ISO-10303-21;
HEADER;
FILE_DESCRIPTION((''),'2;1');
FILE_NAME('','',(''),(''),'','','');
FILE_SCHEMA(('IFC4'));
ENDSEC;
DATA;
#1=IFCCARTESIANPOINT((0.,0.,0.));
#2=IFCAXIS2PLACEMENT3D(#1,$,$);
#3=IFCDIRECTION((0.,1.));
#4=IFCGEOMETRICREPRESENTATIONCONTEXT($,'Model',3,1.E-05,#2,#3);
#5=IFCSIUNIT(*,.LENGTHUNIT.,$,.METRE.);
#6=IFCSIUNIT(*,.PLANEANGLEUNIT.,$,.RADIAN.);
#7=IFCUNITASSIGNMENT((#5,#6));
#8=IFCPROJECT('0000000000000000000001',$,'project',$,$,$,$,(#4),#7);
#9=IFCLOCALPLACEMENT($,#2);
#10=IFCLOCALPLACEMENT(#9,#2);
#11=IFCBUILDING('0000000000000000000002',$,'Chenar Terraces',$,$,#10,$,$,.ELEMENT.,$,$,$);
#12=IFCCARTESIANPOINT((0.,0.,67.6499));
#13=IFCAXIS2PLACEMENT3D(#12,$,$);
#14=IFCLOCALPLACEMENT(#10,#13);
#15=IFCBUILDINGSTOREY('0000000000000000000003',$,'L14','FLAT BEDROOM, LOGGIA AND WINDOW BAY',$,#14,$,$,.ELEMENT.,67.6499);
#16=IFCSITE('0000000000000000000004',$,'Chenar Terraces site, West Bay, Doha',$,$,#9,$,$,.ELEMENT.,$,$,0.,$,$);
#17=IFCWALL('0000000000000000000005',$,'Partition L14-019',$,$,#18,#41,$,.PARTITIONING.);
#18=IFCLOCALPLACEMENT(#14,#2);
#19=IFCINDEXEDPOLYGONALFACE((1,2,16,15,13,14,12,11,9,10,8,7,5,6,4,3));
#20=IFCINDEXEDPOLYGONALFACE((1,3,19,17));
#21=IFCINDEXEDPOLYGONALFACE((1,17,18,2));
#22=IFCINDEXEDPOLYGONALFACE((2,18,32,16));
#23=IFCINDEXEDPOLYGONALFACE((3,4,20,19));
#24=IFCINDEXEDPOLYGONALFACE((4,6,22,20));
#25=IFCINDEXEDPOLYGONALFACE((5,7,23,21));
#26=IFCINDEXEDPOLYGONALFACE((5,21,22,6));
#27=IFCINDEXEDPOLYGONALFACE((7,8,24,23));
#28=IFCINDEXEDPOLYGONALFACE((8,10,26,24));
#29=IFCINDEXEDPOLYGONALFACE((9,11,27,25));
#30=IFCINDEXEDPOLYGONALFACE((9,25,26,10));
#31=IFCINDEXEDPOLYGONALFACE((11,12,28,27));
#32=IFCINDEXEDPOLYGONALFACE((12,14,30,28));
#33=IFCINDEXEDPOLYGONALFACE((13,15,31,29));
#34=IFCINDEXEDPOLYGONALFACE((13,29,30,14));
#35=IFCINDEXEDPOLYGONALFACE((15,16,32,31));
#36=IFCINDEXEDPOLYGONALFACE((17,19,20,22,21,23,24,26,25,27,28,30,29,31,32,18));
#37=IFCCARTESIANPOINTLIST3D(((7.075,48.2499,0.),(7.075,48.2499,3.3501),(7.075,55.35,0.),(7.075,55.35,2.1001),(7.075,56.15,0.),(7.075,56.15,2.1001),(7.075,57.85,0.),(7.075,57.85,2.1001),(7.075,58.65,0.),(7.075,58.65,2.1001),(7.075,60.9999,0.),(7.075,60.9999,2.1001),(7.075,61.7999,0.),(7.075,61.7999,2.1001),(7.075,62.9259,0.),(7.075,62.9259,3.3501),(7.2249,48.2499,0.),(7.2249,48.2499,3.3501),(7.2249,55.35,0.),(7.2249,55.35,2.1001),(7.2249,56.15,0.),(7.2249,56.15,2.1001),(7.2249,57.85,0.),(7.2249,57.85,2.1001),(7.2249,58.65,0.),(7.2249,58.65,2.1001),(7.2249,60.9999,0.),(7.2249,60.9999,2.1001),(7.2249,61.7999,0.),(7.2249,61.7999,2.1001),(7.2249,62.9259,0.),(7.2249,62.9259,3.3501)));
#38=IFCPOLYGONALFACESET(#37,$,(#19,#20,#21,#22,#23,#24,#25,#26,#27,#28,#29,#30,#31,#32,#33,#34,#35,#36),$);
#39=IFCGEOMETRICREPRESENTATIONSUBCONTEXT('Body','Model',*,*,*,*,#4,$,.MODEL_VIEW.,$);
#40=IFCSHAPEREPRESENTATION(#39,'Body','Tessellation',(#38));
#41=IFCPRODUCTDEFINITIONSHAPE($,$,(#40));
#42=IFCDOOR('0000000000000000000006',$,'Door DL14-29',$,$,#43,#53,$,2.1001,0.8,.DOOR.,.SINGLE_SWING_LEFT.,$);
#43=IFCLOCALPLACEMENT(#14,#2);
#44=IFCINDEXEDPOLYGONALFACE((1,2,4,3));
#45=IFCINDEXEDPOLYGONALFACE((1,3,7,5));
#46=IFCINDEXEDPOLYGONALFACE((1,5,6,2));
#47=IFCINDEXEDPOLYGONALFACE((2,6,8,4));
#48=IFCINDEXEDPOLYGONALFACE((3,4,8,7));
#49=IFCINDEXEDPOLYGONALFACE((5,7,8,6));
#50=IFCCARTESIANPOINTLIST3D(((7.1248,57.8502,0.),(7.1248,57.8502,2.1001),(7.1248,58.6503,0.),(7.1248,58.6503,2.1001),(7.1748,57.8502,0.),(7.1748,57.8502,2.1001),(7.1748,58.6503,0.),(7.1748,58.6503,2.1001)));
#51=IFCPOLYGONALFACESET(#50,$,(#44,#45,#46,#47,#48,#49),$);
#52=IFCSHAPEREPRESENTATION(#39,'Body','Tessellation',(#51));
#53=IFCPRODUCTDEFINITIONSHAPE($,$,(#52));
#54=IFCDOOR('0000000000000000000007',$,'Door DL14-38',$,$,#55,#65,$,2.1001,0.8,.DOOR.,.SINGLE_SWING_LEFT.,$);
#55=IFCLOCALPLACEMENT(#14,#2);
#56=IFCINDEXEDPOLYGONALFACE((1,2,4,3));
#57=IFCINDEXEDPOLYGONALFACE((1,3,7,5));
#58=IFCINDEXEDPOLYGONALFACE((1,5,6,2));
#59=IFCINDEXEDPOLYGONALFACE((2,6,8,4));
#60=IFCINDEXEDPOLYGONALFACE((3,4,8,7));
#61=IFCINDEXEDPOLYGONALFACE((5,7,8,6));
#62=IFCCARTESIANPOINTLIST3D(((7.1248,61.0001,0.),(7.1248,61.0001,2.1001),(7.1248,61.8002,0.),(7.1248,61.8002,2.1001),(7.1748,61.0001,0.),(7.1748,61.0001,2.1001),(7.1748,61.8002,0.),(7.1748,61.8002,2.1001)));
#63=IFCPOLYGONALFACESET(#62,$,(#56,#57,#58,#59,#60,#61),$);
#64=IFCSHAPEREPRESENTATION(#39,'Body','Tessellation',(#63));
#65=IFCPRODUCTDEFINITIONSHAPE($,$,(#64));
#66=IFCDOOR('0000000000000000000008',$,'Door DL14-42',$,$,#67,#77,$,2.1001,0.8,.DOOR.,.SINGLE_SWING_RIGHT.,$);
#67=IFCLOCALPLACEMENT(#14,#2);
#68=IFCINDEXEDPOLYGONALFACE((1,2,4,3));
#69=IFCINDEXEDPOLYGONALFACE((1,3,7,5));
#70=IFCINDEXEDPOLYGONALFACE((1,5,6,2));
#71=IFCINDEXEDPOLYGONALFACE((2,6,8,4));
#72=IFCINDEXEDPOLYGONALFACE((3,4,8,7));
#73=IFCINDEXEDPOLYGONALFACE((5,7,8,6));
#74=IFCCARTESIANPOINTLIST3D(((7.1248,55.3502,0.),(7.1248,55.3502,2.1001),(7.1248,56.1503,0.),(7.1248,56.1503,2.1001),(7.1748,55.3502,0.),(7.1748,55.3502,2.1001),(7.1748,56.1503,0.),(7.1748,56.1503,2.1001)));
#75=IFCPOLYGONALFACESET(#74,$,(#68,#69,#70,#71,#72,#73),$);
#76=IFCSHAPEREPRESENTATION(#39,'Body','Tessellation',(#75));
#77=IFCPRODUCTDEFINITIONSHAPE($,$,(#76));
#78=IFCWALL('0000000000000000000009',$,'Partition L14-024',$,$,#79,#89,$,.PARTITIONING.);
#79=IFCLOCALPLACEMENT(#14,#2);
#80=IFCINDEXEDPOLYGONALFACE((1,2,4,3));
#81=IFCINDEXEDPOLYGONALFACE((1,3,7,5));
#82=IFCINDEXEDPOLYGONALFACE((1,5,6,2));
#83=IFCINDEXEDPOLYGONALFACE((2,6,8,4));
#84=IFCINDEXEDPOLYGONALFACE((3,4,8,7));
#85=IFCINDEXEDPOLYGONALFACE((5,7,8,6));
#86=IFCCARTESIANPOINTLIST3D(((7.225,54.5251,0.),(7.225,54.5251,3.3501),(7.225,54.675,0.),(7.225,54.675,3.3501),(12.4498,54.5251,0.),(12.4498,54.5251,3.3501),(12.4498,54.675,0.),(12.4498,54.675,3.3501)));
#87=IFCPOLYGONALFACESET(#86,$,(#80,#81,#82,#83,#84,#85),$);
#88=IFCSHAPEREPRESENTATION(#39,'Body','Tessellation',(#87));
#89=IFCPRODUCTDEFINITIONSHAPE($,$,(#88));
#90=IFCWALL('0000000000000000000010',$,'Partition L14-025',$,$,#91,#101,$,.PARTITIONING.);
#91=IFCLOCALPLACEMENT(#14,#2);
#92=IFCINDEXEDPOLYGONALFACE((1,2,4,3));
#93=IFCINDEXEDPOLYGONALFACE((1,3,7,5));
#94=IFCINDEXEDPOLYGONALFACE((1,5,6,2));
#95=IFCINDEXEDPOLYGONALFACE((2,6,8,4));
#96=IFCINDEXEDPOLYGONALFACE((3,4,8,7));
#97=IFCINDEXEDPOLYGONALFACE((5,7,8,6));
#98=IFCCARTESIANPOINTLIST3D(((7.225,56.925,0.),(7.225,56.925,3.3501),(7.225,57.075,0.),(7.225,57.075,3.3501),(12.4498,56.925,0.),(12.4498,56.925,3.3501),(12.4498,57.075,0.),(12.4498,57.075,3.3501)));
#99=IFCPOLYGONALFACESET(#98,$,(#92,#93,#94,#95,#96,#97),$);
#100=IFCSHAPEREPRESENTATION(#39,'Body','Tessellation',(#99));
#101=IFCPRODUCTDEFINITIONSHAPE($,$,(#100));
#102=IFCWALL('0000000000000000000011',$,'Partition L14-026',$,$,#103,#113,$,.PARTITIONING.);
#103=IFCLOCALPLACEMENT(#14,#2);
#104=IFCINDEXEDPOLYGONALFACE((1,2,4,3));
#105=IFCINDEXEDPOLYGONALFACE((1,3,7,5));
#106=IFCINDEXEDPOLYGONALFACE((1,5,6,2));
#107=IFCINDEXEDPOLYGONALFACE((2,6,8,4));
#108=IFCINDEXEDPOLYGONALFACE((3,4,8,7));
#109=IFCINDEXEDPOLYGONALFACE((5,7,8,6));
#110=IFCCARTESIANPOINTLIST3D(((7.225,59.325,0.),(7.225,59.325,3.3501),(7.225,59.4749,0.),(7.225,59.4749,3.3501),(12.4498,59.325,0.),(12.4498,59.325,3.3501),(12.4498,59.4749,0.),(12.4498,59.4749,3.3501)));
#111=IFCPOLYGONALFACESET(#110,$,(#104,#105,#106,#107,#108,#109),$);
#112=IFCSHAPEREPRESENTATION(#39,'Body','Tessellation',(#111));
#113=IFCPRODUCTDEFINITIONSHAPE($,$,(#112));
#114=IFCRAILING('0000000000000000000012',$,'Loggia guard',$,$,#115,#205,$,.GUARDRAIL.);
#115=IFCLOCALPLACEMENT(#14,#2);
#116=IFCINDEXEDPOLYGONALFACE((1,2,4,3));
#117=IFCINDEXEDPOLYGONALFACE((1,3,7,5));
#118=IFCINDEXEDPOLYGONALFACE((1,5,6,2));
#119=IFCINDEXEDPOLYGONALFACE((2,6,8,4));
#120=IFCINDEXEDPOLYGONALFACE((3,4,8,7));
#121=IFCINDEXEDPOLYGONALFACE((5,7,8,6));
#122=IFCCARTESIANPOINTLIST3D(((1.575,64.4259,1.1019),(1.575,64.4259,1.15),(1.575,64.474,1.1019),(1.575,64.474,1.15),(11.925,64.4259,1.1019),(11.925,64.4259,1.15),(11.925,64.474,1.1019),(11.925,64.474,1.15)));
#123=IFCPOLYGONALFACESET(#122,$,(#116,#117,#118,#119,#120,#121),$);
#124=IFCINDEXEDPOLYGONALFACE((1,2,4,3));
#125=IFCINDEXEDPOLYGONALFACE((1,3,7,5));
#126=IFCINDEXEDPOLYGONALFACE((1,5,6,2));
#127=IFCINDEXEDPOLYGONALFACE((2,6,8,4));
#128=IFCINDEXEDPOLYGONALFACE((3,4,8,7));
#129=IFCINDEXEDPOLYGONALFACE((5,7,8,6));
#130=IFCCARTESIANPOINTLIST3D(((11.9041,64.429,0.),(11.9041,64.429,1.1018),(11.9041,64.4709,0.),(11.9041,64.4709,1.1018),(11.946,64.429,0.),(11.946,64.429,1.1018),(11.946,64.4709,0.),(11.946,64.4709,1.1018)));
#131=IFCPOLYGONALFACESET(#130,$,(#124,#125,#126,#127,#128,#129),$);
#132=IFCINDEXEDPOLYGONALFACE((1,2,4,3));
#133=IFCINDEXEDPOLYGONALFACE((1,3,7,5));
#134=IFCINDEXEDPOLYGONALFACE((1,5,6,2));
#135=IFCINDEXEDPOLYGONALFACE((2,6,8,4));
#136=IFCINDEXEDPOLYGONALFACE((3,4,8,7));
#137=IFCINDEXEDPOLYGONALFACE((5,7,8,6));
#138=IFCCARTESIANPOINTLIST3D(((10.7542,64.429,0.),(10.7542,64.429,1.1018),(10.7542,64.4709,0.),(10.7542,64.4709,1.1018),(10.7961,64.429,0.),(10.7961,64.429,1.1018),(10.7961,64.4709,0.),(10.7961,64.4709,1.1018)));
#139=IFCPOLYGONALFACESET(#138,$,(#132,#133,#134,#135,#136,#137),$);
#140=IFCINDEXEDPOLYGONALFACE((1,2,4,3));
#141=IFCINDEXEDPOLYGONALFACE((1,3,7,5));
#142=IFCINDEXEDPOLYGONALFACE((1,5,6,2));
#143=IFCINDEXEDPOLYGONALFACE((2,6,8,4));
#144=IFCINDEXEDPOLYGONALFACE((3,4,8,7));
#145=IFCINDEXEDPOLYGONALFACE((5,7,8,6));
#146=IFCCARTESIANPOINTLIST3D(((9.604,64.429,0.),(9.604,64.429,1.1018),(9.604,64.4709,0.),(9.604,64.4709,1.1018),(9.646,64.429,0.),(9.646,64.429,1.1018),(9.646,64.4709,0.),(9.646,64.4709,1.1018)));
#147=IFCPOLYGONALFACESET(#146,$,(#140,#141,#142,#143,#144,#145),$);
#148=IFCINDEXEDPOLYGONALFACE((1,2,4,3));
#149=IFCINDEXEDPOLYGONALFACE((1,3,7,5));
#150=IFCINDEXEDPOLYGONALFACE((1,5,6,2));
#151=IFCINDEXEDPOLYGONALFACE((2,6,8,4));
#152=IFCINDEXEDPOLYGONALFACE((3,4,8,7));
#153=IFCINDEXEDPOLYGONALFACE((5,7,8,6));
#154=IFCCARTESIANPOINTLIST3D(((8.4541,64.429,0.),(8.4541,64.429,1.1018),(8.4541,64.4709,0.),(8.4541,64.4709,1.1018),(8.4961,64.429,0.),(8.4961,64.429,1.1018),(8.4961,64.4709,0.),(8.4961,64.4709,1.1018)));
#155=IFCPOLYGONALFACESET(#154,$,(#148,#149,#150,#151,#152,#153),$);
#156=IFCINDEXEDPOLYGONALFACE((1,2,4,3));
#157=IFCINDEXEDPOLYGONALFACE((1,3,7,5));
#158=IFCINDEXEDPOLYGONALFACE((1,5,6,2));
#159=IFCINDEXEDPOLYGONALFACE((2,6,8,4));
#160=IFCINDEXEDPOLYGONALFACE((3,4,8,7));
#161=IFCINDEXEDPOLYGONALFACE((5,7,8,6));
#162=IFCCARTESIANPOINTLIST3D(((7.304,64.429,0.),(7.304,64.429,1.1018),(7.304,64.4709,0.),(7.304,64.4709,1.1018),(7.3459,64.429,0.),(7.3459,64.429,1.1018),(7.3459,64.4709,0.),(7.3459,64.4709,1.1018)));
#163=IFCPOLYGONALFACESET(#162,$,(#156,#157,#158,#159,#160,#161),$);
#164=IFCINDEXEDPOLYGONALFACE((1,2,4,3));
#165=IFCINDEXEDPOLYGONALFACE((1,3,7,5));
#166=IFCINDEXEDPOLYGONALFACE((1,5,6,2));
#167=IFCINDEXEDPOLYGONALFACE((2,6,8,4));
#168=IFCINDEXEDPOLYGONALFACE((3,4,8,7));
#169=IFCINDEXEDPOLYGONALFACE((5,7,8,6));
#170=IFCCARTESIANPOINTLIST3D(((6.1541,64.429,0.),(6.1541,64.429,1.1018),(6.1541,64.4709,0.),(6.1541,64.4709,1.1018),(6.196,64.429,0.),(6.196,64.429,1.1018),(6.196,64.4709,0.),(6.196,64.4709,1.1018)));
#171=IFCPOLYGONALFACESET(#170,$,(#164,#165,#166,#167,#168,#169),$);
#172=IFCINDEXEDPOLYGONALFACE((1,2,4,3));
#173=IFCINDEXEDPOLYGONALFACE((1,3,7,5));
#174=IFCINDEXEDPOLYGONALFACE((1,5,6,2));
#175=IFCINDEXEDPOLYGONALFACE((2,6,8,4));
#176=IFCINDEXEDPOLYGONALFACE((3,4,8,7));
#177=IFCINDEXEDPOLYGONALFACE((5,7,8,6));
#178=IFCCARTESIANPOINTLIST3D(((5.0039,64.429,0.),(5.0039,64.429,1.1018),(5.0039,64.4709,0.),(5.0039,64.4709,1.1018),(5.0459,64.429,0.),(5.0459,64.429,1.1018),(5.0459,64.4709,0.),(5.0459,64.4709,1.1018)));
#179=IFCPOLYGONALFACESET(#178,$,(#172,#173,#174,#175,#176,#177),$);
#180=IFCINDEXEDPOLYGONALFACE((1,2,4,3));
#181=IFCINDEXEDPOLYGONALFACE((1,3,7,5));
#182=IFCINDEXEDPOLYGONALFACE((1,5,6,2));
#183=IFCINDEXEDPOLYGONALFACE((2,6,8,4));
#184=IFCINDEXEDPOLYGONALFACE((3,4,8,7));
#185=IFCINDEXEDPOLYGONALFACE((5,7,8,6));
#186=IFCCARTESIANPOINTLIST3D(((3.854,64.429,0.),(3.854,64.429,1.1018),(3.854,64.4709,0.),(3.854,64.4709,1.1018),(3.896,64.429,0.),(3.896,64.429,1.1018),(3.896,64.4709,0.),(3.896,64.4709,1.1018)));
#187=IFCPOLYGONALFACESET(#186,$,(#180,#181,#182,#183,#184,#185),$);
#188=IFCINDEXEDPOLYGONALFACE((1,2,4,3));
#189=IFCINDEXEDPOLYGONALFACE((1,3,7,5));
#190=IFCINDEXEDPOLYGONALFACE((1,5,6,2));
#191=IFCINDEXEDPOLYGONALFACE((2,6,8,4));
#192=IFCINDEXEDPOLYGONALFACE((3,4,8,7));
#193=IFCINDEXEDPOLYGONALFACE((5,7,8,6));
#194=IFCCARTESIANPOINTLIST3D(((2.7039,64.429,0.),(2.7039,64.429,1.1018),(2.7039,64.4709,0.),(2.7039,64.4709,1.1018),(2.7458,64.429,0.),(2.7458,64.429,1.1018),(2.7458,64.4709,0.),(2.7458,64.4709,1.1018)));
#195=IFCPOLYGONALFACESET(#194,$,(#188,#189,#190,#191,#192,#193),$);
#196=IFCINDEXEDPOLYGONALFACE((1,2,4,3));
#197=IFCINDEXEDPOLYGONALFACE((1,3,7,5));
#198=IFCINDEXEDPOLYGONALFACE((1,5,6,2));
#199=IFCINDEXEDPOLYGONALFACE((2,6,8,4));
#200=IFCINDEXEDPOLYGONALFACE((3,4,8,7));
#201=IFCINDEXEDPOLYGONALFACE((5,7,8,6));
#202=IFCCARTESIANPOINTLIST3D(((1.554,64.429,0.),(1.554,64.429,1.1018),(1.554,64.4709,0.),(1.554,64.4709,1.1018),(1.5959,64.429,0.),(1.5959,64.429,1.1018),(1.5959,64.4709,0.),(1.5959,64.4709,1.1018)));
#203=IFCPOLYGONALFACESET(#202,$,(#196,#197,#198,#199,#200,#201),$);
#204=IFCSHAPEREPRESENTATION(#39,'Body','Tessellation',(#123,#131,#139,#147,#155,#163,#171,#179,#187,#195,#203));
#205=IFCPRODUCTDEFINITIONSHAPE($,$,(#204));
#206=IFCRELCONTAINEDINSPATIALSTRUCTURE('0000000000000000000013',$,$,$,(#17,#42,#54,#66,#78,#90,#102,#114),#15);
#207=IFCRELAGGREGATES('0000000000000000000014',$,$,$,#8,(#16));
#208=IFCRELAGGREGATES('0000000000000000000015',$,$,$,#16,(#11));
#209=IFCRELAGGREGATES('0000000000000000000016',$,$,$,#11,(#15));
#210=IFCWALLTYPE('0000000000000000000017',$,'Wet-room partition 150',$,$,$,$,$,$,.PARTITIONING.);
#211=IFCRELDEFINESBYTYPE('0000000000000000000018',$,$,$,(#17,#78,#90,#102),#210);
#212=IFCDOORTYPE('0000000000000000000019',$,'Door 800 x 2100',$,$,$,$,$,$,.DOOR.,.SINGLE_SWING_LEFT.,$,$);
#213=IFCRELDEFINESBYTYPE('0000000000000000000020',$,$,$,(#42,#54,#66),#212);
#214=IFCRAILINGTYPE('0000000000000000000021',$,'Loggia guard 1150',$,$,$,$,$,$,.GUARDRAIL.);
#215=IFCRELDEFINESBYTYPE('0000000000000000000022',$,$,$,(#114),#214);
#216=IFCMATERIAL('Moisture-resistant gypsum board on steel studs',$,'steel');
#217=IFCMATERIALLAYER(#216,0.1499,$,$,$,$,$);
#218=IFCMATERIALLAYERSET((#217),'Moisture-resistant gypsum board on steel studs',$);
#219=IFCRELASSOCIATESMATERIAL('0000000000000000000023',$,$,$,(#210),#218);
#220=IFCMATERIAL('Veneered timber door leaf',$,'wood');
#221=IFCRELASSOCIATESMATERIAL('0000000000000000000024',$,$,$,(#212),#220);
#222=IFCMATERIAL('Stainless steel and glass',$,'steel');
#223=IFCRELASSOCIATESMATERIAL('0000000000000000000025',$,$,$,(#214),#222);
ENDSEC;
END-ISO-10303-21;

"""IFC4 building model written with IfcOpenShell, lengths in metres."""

from ifc_helpers import new_model, si_unit, direction, frame, frame_2d, origin, origin_2d, place, context, subcontext, project, spatial, rectangle, extrude, material, layer, layer_set, type_object, element, fill, save


model = new_model("IFC4")

# Units and contexts
model_context = context("Model", 3, precision=1e-05, world=origin(), true_north=direction((0.0, 1.0)))
body_context = subcontext(model_context, "Body", "Model", "MODEL_VIEW")
ifc_project = project(units=[si_unit("LENGTHUNIT", "METRE"), si_unit("PLANEANGLEUNIT", "RADIAN")], contexts=[model_context])

# Site, building, storey
site_placement = place(None, origin())
site = spatial("IfcSite", under=ifc_project, at=site_placement, Name="Chenar Terraces site, West Bay, Doha", CompositionType="ELEMENT", RefElevation=0.0)
building_placement = place(site_placement, origin())
building = spatial("IfcBuilding", under=site, at=building_placement, Name="Chenar Terraces", CompositionType="ELEMENT")
storey_placement = place(building_placement, frame((0.0, 0.0, 67.6499)))
storey = spatial("IfcBuildingStorey", under=building, at=storey_placement, Name="L14", Description="FLAT BEDROOM, LOGGIA AND WINDOW BAY", CompositionType="ELEMENT", Elevation=67.6499)

# Wall, openings, doors
ifc_material_1 = material(Name="Moisture-resistant gypsum board on steel studs", Category="steel")
ifc_layer_1 = layer(ifc_material_1, 0.1499)
ifc_layer_set_1 = layer_set([ifc_layer_1], Name="Moisture-resistant gypsum board on steel studs")
wall_type_1 = type_object("IfcWallType", Name="Wet-room partition 150", PredefinedType="PARTITIONING", material=ifc_layer_set_1)
wall_1_placement = place(storey_placement, frame((7.1499, 48.25, 0.0), z_axis=(0.0, 0.0, 1.0), x_axis=(0.0, 1.0, 0.0)))
wall_1 = element("IfcWall", 1, at=wall_1_placement, inside=storey, type_object=wall_type_1, Name="Partition L14-019", PredefinedType="PARTITIONING", context=body_context, shape_type="SweptSolid", body=[
    extrude(rectangle(XDim=14.676, YDim=0.1499, at=frame_2d((7.3379, 0.0))), origin(), (0.0, 0.0, 1.0), 3.3501),
])
opening_1_placement = place(wall_1_placement, frame((9.6001, 0.0, 0.0)))
opening_1 = element("IfcOpeningElement", 2, at=opening_1_placement, cuts=wall_1, PredefinedType="OPENING", context=body_context, shape_type="SweptSolid", body=[
    extrude(rectangle(XDim=0.8, YDim=2.1001, at=frame_2d((0.3999, 1.05))), frame((0.0, 0.085, 0.0), z_axis=(0.0, -1.0, 0.0), x_axis=(1.0, 0.0, 0.0)), (0.0, 0.0, 1.0), 0.1699),
])
opening_2_placement = place(wall_1_placement, frame((12.75, 0.0, 0.0)))
opening_2 = element("IfcOpeningElement", 3, at=opening_2_placement, cuts=wall_1, PredefinedType="OPENING", context=body_context, shape_type="SweptSolid", body=[
    extrude(rectangle(XDim=0.8, YDim=2.1001, at=frame_2d((0.3999, 1.05))), frame((0.0, 0.085, 0.0), z_axis=(0.0, -1.0, 0.0), x_axis=(1.0, 0.0, 0.0)), (0.0, 0.0, 1.0), 0.1699),
])
opening_3_placement = place(wall_1_placement, frame((7.1001, 0.0, 0.0)))
opening_3 = element("IfcOpeningElement", 4, at=opening_3_placement, cuts=wall_1, PredefinedType="OPENING", context=body_context, shape_type="SweptSolid", body=[
    extrude(rectangle(XDim=0.8, YDim=2.1001, at=frame_2d((0.3999, 1.05))), frame((0.0, 0.085, 0.0), z_axis=(0.0, -1.0, 0.0), x_axis=(1.0, 0.0, 0.0)), (0.0, 0.0, 1.0), 0.1699),
])
ifc_material_2 = material(Name="Veneered timber door leaf", Category="wood")
door_type_1 = type_object("IfcDoorType", Name="Door 800 x 2100", OperationType="SINGLE_SWING_LEFT", PredefinedType="DOOR", material=ifc_material_2)
door_1_placement = place(opening_1_placement, frame((0.8, 0.0, 0.0), z_axis=(0.0, 0.0, 1.0), x_axis=(-1.0, 0.0, 0.0)))
door_1 = element("IfcDoor", 5, at=door_1_placement, inside=storey, type_object=door_type_1, Name="Door DL14-29", OperationType="SINGLE_SWING_LEFT", OverallHeight=2.1001, OverallWidth=0.8, PredefinedType="DOOR", context=body_context, shape_type="SweptSolid", body=[
    extrude(rectangle(XDim=0.8, YDim=2.1001, at=frame_2d((0.3999, 1.05))), frame((0.0, 0.0249, 0.0), z_axis=(0.0, -1.0, 0.0), x_axis=(1.0, 0.0, 0.0)), (0.0, 0.0, 1.0), 0.05),
])
fill(opening_1, door_1)
door_2_placement = place(opening_2_placement, frame((0.8, 0.0, 0.0), z_axis=(0.0, 0.0, 1.0), x_axis=(-1.0, 0.0, 0.0)))
door_2 = element("IfcDoor", 6, at=door_2_placement, inside=storey, type_object=door_type_1, Name="Door DL14-38", OperationType="SINGLE_SWING_LEFT", OverallHeight=2.1001, OverallWidth=0.8, PredefinedType="DOOR", context=body_context, shape_type="SweptSolid", body=[
    extrude(rectangle(XDim=0.8, YDim=2.1001, at=frame_2d((0.3999, 1.05))), frame((0.0, 0.0249, 0.0), z_axis=(0.0, -1.0, 0.0), x_axis=(1.0, 0.0, 0.0)), (0.0, 0.0, 1.0), 0.05),
])
fill(opening_2, door_2)
door_3_placement = place(opening_3_placement, frame((0.8, 0.0, 0.0), z_axis=(0.0, 0.0, 1.0), x_axis=(-1.0, 0.0, 0.0)))
door_3 = element("IfcDoor", 7, at=door_3_placement, inside=storey, type_object=door_type_1, Name="Door DL14-42", OperationType="SINGLE_SWING_RIGHT", OverallHeight=2.1001, OverallWidth=0.8, PredefinedType="DOOR", context=body_context, shape_type="SweptSolid", body=[
    extrude(rectangle(XDim=0.8, YDim=2.1001, at=frame_2d((0.3999, 1.05))), frame((0.0, 0.0249, 0.0), z_axis=(0.0, -1.0, 0.0), x_axis=(1.0, 0.0, 0.0)), (0.0, 0.0, 1.0), 0.05),
])
fill(opening_3, door_3)

# Walls
for number, where, z_axis, x_axis, name in (
    (8, (7.2251, 54.6001, 0.0), (0.0, 0.0, 1.0), (1.0, 0.0, 0.0), "Partition L14-024"),
    (9, (7.2251, 57.0, 0.0), (0.0, 0.0, 1.0), (1.0, 0.0, 0.0), "Partition L14-025"),
    (10, (7.2251, 59.3999, 0.0), (0.0, 0.0, 1.0), (1.0, 0.0, 0.0), "Partition L14-026"),
):
    element("IfcWall", number, at=place(storey_placement, frame(where, z_axis=z_axis, x_axis=x_axis)), inside=storey, type_object=wall_type_1, Name=name, PredefinedType="PARTITIONING", context=body_context, shape_type="SweptSolid", body=[
        extrude(rectangle(XDim=5.2249, YDim=0.1499, at=frame_2d((2.6123, 0.0))), origin(), (0.0, 0.0, 1.0), 3.3501),
    ])

# Railing
ifc_material_3 = material(Name="Stainless steel and glass", Category="steel")
railing_type = type_object("IfcRailingType", Name="Loggia guard 1150", PredefinedType="GUARDRAIL", material=ifc_material_3)
railing_1_placement = place(storey_placement, frame((11.925, 64.45, 0.0)))
element("IfcRailing", 11, at=railing_1_placement, inside=storey, type_object=railing_type, Name="Loggia guard", PredefinedType="GUARDRAIL", context=body_context, shape_type="SweptSolid", body=[
    extrude(rectangle(XDim=0.0481, YDim=0.0481, at=origin_2d()), frame((0.0, 0.0, 1.126), z_axis=(-1.0, 0.0, 0.0), x_axis=(0.0, -1.0, 0.0)), (0.0, 0.0, 1.0), 10.3501),
    extrude(rectangle(XDim=0.042, YDim=0.042, at=origin_2d()), origin(), (0.0, 0.0, 1.0), 1.1018),
    extrude(rectangle(XDim=0.042, YDim=0.042, at=origin_2d()), frame((-1.1499, 0.0, 0.0)), (0.0, 0.0, 1.0), 1.1018),
    extrude(rectangle(XDim=0.042, YDim=0.042, at=origin_2d()), frame((-2.3, 0.0, 0.0)), (0.0, 0.0, 1.0), 1.1018),
    extrude(rectangle(XDim=0.042, YDim=0.042, at=origin_2d()), frame((-3.45, 0.0, 0.0)), (0.0, 0.0, 1.0), 1.1018),
    extrude(rectangle(XDim=0.042, YDim=0.042, at=origin_2d()), frame((-4.6001, 0.0, 0.0)), (0.0, 0.0, 1.0), 1.1018),
    extrude(rectangle(XDim=0.042, YDim=0.042, at=origin_2d()), frame((-5.75, 0.0, 0.0)), (0.0, 0.0, 1.0), 1.1018),
    extrude(rectangle(XDim=0.042, YDim=0.042, at=origin_2d()), frame((-6.9001, 0.0, 0.0)), (0.0, 0.0, 1.0), 1.1018),
    extrude(rectangle(XDim=0.042, YDim=0.042, at=origin_2d()), frame((-8.05, 0.0, 0.0)), (0.0, 0.0, 1.0), 1.1018),
    extrude(rectangle(XDim=0.042, YDim=0.042, at=origin_2d()), frame((-9.2002, 0.0, 0.0)), (0.0, 0.0, 1.0), 1.1018),
    extrude(rectangle(XDim=0.042, YDim=0.042, at=origin_2d()), frame((-10.3501, 0.0, 0.0)), (0.0, 0.0, 1.0), 1.1018),
])

save(model, "model.ifc")
